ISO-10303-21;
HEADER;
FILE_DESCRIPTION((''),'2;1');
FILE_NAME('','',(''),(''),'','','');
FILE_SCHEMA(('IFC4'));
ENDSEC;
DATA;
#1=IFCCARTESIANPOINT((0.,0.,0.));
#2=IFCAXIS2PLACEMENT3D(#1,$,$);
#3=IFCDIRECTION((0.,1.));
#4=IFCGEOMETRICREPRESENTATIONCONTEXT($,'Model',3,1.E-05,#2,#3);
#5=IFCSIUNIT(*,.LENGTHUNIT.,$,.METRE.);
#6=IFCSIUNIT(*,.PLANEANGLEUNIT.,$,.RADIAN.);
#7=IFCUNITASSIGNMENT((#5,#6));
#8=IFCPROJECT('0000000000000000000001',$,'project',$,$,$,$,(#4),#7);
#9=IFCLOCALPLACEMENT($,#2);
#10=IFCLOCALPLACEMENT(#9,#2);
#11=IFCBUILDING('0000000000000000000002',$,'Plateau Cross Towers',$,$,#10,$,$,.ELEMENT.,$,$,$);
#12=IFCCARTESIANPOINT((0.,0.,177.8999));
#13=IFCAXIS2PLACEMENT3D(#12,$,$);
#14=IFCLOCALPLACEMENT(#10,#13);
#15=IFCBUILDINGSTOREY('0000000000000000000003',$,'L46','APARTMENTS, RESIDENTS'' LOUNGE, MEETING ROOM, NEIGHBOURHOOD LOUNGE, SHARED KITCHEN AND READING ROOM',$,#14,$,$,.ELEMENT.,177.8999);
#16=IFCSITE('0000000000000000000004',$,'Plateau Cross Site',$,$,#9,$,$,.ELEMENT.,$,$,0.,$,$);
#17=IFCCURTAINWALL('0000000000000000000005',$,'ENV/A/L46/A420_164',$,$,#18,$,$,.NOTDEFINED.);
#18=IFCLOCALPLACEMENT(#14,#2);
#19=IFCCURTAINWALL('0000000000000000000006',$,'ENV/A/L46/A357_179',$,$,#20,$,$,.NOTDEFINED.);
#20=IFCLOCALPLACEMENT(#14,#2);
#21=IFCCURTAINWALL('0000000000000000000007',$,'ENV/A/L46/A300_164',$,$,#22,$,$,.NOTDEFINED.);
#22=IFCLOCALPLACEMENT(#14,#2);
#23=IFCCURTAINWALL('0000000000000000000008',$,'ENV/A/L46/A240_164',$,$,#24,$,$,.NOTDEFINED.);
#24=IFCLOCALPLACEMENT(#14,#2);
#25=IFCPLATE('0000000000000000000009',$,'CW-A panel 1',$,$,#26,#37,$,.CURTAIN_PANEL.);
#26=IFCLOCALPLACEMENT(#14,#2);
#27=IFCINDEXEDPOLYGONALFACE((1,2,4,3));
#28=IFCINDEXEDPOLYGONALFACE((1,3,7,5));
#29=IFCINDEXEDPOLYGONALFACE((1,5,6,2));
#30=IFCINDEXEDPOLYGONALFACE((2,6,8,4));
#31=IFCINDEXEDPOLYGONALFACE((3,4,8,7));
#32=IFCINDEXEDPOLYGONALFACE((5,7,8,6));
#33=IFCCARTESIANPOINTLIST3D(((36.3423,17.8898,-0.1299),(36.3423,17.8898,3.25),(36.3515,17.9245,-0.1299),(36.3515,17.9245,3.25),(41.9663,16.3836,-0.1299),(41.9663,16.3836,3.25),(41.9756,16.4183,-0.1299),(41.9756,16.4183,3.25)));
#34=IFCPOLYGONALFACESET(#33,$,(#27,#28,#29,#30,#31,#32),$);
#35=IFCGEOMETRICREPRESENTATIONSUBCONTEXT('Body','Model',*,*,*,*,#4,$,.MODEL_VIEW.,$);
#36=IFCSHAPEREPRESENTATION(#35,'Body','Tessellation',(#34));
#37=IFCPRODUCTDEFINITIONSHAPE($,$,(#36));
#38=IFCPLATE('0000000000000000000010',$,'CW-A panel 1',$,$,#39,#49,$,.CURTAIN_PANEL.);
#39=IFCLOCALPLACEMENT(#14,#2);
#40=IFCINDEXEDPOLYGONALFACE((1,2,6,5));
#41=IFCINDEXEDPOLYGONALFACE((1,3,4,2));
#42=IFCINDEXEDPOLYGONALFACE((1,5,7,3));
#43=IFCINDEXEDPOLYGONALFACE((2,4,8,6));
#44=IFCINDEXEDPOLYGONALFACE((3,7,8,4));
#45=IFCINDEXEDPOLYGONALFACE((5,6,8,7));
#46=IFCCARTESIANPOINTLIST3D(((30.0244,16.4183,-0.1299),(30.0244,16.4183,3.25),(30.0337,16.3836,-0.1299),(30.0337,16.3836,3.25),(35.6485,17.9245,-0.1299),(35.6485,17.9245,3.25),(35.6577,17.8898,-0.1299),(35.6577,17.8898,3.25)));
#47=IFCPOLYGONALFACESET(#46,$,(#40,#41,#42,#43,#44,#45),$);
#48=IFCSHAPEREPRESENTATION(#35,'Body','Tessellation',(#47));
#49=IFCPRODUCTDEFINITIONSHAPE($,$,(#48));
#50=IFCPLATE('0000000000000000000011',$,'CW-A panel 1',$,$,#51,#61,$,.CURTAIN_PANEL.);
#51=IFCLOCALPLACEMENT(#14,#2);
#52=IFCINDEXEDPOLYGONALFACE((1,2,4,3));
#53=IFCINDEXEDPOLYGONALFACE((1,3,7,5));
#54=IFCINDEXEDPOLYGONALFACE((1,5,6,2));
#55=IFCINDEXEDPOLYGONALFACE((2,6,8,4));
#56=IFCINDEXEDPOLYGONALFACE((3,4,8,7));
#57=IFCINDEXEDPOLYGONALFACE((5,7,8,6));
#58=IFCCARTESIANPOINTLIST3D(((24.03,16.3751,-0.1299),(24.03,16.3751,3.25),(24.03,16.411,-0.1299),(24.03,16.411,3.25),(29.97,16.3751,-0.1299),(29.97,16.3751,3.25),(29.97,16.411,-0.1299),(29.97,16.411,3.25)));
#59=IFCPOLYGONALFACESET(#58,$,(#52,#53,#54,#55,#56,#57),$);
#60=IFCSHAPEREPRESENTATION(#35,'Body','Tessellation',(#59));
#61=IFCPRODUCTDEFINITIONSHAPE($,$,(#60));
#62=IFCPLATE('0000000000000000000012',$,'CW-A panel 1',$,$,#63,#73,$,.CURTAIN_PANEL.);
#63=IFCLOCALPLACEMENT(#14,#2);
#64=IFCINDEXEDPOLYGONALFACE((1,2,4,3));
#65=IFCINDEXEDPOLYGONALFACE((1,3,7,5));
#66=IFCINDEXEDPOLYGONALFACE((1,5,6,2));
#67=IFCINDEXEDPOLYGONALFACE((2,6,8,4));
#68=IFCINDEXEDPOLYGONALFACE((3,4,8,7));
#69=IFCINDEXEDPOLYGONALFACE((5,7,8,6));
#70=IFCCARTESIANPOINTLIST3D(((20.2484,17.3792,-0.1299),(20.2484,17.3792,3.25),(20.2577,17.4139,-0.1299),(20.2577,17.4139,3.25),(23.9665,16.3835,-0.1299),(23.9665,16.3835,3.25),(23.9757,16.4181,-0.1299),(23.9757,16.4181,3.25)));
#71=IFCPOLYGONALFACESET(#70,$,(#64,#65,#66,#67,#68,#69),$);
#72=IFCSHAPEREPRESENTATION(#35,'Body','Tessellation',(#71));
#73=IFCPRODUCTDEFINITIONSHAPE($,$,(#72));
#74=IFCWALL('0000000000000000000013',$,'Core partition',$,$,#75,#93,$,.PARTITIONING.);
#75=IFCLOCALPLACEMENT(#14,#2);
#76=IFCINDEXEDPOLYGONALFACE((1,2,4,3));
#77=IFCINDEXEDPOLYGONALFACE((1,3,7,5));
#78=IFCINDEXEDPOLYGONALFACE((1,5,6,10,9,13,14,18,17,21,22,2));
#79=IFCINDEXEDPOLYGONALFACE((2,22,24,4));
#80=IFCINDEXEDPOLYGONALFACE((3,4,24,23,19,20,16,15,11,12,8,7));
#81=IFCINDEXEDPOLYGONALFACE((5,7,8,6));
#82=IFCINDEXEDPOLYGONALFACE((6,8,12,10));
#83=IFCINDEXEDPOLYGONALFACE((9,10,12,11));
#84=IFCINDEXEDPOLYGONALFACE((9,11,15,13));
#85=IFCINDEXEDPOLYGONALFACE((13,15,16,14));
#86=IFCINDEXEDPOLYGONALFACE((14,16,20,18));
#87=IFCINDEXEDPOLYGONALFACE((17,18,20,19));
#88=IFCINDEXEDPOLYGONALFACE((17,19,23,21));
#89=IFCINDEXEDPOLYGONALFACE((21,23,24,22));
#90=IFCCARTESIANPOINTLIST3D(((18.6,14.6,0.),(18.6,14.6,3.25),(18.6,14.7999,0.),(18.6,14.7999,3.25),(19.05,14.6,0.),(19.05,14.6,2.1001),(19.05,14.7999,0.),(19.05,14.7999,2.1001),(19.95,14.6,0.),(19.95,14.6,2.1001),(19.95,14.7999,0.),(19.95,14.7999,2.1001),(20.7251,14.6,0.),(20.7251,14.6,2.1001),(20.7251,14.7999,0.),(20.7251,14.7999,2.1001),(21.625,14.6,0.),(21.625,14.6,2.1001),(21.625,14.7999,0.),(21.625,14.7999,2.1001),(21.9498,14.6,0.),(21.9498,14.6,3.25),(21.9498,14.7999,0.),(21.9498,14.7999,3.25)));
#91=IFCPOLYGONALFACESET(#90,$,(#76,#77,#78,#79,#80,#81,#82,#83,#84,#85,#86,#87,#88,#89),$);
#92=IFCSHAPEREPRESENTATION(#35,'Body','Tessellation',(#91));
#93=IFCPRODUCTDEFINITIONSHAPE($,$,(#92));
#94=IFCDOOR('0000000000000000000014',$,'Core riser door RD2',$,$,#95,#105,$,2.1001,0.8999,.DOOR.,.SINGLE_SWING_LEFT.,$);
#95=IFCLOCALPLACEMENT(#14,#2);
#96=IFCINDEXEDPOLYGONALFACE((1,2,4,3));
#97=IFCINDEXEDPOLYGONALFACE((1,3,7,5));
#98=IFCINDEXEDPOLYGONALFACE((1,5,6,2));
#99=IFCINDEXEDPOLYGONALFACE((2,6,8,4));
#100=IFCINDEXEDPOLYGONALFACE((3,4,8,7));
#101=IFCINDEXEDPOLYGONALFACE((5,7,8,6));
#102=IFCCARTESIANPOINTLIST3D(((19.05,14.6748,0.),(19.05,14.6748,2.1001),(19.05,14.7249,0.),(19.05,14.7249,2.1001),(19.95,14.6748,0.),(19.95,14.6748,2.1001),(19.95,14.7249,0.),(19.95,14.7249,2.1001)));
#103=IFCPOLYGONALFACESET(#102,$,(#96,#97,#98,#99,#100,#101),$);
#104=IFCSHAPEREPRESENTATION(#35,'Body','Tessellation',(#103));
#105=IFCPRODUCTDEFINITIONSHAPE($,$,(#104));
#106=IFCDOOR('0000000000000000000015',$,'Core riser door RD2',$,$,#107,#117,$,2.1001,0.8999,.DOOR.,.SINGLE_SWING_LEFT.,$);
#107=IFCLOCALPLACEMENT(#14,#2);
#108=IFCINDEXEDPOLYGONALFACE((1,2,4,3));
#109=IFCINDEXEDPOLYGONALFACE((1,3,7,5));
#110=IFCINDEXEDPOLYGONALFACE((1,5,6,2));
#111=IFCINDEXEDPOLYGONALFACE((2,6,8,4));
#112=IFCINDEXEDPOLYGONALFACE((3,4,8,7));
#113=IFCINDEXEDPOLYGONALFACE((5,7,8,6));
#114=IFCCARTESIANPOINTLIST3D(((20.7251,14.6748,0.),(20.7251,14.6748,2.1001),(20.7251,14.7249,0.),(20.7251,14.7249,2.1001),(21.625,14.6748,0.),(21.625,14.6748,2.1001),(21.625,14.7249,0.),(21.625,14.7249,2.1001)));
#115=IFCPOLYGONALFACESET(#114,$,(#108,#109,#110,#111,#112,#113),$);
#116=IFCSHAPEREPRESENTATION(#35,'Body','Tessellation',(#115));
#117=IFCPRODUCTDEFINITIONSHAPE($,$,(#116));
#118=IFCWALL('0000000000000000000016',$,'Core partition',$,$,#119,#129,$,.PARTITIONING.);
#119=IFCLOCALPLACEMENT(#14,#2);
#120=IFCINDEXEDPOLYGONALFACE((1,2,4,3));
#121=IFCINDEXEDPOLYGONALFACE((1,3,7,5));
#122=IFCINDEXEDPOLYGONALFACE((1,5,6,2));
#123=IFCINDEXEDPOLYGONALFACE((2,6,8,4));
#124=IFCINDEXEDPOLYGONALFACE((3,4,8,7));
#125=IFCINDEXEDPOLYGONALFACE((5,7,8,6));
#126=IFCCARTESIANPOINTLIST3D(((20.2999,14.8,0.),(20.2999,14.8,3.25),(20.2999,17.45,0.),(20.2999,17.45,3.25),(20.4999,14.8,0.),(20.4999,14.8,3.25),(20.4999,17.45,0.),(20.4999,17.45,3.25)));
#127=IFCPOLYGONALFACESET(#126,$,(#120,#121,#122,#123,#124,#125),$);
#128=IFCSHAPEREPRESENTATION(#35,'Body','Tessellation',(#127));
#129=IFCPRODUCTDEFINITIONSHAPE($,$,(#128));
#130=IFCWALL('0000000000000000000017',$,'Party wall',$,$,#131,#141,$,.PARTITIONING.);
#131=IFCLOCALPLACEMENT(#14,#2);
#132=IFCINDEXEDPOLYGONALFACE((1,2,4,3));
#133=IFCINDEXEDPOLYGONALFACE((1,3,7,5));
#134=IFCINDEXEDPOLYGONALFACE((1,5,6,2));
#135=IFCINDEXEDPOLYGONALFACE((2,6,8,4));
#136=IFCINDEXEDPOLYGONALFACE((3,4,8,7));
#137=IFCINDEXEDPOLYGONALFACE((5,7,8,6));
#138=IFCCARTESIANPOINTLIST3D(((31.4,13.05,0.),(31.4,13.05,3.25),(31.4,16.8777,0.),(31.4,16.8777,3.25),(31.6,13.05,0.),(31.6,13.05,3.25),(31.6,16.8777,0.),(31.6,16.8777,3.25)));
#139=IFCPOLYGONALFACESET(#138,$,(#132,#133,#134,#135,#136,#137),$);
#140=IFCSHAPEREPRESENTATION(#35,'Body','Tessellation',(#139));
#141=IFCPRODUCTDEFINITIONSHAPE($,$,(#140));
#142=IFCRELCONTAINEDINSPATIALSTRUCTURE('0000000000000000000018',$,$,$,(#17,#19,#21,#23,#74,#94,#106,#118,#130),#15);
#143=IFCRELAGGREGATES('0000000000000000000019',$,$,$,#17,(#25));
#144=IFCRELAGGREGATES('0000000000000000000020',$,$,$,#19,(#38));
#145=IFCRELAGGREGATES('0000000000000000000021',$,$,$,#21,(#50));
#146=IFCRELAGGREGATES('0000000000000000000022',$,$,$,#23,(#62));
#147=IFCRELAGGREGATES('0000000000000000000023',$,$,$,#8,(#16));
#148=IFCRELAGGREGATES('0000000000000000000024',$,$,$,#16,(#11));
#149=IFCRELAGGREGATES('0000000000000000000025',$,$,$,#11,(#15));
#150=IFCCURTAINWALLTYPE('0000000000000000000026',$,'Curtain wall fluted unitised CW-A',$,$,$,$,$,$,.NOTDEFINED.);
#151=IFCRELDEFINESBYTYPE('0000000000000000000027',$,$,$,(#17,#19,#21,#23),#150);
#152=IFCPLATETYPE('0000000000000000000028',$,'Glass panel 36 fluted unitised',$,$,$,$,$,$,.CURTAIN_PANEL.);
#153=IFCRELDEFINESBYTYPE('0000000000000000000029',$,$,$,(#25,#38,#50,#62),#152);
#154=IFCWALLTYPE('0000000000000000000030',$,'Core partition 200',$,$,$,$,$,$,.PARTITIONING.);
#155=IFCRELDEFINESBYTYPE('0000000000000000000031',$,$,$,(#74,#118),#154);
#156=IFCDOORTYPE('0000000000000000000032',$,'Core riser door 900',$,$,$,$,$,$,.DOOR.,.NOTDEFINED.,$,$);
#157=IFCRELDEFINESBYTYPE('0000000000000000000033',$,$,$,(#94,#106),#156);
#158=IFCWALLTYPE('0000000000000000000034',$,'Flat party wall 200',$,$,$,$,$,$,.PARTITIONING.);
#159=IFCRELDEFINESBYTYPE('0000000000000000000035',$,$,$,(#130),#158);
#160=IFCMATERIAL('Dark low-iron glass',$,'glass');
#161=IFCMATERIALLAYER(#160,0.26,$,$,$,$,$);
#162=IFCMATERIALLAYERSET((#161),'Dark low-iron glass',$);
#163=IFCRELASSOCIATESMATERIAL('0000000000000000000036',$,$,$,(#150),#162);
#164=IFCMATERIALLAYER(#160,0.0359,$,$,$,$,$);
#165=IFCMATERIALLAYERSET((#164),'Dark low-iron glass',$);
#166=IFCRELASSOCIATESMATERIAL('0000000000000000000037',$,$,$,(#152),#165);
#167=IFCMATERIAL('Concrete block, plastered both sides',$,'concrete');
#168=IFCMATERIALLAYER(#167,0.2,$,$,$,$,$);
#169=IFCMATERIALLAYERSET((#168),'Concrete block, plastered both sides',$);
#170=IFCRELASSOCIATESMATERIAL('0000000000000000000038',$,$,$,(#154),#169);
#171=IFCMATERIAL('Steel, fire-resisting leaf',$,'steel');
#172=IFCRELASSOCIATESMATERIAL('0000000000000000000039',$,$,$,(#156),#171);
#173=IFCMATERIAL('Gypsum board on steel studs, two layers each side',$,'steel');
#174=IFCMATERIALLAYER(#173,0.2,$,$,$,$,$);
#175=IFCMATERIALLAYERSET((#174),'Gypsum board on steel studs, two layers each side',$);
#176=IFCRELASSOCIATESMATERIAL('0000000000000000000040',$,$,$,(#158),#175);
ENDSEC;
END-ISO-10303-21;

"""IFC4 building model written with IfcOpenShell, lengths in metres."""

from ifc_helpers import new_model, si_unit, direction, frame, frame_2d, origin, origin_2d, place, context, subcontext, project, spatial, rectangle, extrude, material, layer, layer_set, type_object, element, fill, aggregate, save


model = new_model("IFC4")

# Units and contexts
model_context = context("Model", 3, precision=1e-05, world=origin(), true_north=direction((0.0, 1.0)))
body_context = subcontext(model_context, "Body", "Model", "MODEL_VIEW")
ifc_project = project(units=[si_unit("LENGTHUNIT", "METRE"), si_unit("PLANEANGLEUNIT", "RADIAN")], contexts=[model_context])

# Site, building, storey
site_placement = place(None, origin())
site = spatial("IfcSite", under=ifc_project, at=site_placement, Name="Plateau Cross Site", CompositionType="ELEMENT", RefElevation=0.0)
building_placement = place(site_placement, origin())
building = spatial("IfcBuilding", under=site, at=building_placement, Name="Plateau Cross Towers", CompositionType="ELEMENT")
storey_placement = place(building_placement, frame((0.0, 0.0, 177.8999)))
storey = spatial("IfcBuildingStorey", under=building, at=storey_placement, Name="L46", Description="APARTMENTS, RESIDENTS' LOUNGE, MEETING ROOM, NEIGHBOURHOOD LOUNGE, SHARED KITCHEN AND READING ROOM", CompositionType="ELEMENT", Elevation=177.8999)

# Shared definitions
ifc_material_1 = material(Name="Dark low-iron glass", Category="glass")

# Curtain walls
ifc_layer_1 = layer(ifc_material_1, 0.26)
ifc_layer_set_1 = layer_set([ifc_layer_1], Name="Dark low-iron glass")
curtain_wall_type_1 = type_object("IfcCurtainWallType", Name="Curtain wall fluted unitised CW-A", PredefinedType="NOTDEFINED", material=ifc_layer_set_1)
curtain_wall_1_placement = place(storey_placement, origin())
curtain_wall_1 = element("IfcCurtainWall", 1, at=curtain_wall_1_placement, inside=storey, type_object=curtain_wall_type_1, Name="ENV/A/L46/A420_164", PredefinedType="NOTDEFINED")
curtain_wall_2_placement = place(storey_placement, origin())
curtain_wall_2 = element("IfcCurtainWall", 2, at=curtain_wall_2_placement, inside=storey, type_object=curtain_wall_type_1, Name="ENV/A/L46/A357_179", PredefinedType="NOTDEFINED")
curtain_wall_3_placement = place(storey_placement, origin())
curtain_wall_3 = element("IfcCurtainWall", 3, at=curtain_wall_3_placement, inside=storey, type_object=curtain_wall_type_1, Name="ENV/A/L46/A300_164", PredefinedType="NOTDEFINED")
curtain_wall_4_placement = place(storey_placement, origin())
curtain_wall_4 = element("IfcCurtainWall", 4, at=curtain_wall_4_placement, inside=storey, type_object=curtain_wall_type_1, Name="ENV/A/L46/A240_164", PredefinedType="NOTDEFINED")

# Plates
ifc_layer_2 = layer(ifc_material_1, 0.0359)
ifc_layer_set_2 = layer_set([ifc_layer_2], Name="Dark low-iron glass")
plate_type_1 = type_object("IfcPlateType", Name="Glass panel 36 fluted unitised", PredefinedType="CURTAIN_PANEL", material=ifc_layer_set_2)
plate_1_placement = place(storey_placement, frame((39.1589, 17.1541, -0.1299), z_axis=(0.0, 0.0, 1.0), x_axis=(-0.965958, 0.258699, 0.0)))
plate_1 = element("IfcPlate", 5, at=plate_1_placement, type_object=plate_type_1, Name="CW-A panel 1", PredefinedType="CURTAIN_PANEL", context=body_context, shape_type="SweptSolid", body=[
    extrude(rectangle(XDim=5.8223, YDim=0.0359, at=origin_2d()), origin(), (0.0, 0.0, 1.0), 3.3799),
])
aggregate(curtain_wall_1, [plate_1])
plate_2_placement = place(storey_placement, frame((32.8411, 17.1541, -0.1299), z_axis=(0.0, 0.0, 1.0), x_axis=(-0.965958, -0.258699, 0.0)))
plate_2 = element("IfcPlate", 6, at=plate_2_placement, type_object=plate_type_1, Name="CW-A panel 1", PredefinedType="CURTAIN_PANEL", context=body_context, shape_type="SweptSolid", body=[
    extrude(rectangle(XDim=5.8223, YDim=0.0359, at=origin_2d()), origin(), (0.0, 0.0, 1.0), 3.3799),
])
aggregate(curtain_wall_2, [plate_2])
plate_3_placement = place(storey_placement, frame((27.0, 16.3931, -0.1299), z_axis=(0.0, 0.0, 1.0), x_axis=(-1.0, 0.0, 0.0)))
plate_3 = element("IfcPlate", 7, at=plate_3_placement, type_object=plate_type_1, Name="CW-A panel 1", PredefinedType="CURTAIN_PANEL", context=body_context, shape_type="SweptSolid", body=[
    extrude(rectangle(XDim=5.9399, YDim=0.0359, at=origin_2d()), origin(), (0.0, 0.0, 1.0), 3.3799),
])
aggregate(curtain_wall_3, [plate_3])
plate_4_placement = place(storey_placement, frame((22.1121, 16.8987, -0.1299), z_axis=(0.0, 0.0, 1.0), x_axis=(-0.965958, 0.258699, 0.0)))
plate_4 = element("IfcPlate", 8, at=plate_4_placement, type_object=plate_type_1, Name="CW-A panel 1", PredefinedType="CURTAIN_PANEL", context=body_context, shape_type="SweptSolid", body=[
    extrude(rectangle(XDim=3.8491, YDim=0.0359, at=origin_2d()), origin(), (0.0, 0.0, 1.0), 3.3799),
])
aggregate(curtain_wall_4, [plate_4])

# Wall, openings, doors
ifc_material_2 = material(Name="Concrete block, plastered both sides", Category="concrete")
ifc_layer_3 = layer(ifc_material_2, 0.2)
ifc_layer_set_3 = layer_set([ifc_layer_3], Name="Concrete block, plastered both sides")
wall_type_1 = type_object("IfcWallType", Name="Core partition 200", PredefinedType="PARTITIONING", material=ifc_layer_set_3)
wall_1_placement = place(storey_placement, frame((18.6001, 14.7, 0.0), z_axis=(0.0, 0.0, 1.0), x_axis=(1.0, 0.0, 0.0)))
wall_1 = element("IfcWall", 9, at=wall_1_placement, inside=storey, type_object=wall_type_1, Name="Core partition", PredefinedType="PARTITIONING", context=body_context, shape_type="SweptSolid", body=[
    extrude(rectangle(XDim=3.3499, YDim=0.2, at=frame_2d((1.6748, 0.0))), origin(), (0.0, 0.0, 1.0), 3.25),
])
opening_1_placement = place(wall_1_placement, frame((0.45, 0.0, 0.0)))
opening_1 = element("IfcOpeningElement", 10, at=opening_1_placement, cuts=wall_1, PredefinedType="OPENING", context=body_context, shape_type="SweptSolid", body=[
    extrude(rectangle(XDim=0.8999, YDim=2.1001, at=frame_2d((0.45, 1.05))), frame((0.0, 0.1099, 0.0), z_axis=(0.0, -1.0, 0.0), x_axis=(1.0, 0.0, 0.0)), (0.0, 0.0, 1.0), 0.22),
])
opening_2_placement = place(wall_1_placement, frame((2.125, 0.0, 0.0)))
opening_2 = element("IfcOpeningElement", 11, at=opening_2_placement, cuts=wall_1, PredefinedType="OPENING", context=body_context, shape_type="SweptSolid", body=[
    extrude(rectangle(XDim=0.8999, YDim=2.1001, at=frame_2d((0.45, 1.05))), frame((0.0, 0.1099, 0.0), z_axis=(0.0, -1.0, 0.0), x_axis=(1.0, 0.0, 0.0)), (0.0, 0.0, 1.0), 0.22),
])
ifc_material_3 = material(Name="Steel, fire-resisting leaf", Category="steel")
door_type = type_object("IfcDoorType", Name="Core riser door 900", OperationType="NOTDEFINED", PredefinedType="DOOR", material=ifc_material_3)
door_1_placement = place(opening_1_placement, origin())
door_1 = element("IfcDoor", 12, at=door_1_placement, inside=storey, type_object=door_type, Name="Core riser door RD2", OperationType="SINGLE_SWING_LEFT", OverallHeight=2.1001, OverallWidth=0.8999, PredefinedType="DOOR", context=body_context, shape_type="SweptSolid", body=[
    extrude(rectangle(XDim=0.8999, YDim=2.1001, at=frame_2d((0.45, 1.05))), frame((0.0, 0.0249, 0.0), z_axis=(0.0, -1.0, 0.0), x_axis=(1.0, 0.0, 0.0)), (0.0, 0.0, 1.0), 0.05),
])
fill(opening_1, door_1)
door_2_placement = place(opening_2_placement, origin())
door_2 = element("IfcDoor", 13, at=door_2_placement, inside=storey, type_object=door_type, Name="Core riser door RD2", OperationType="SINGLE_SWING_LEFT", OverallHeight=2.1001, OverallWidth=0.8999, PredefinedType="DOOR", context=body_context, shape_type="SweptSolid", body=[
    extrude(rectangle(XDim=0.8999, YDim=2.1001, at=frame_2d((0.45, 1.05))), frame((0.0, 0.0249, 0.0), z_axis=(0.0, -1.0, 0.0), x_axis=(1.0, 0.0, 0.0)), (0.0, 0.0, 1.0), 0.05),
])
fill(opening_2, door_2)

# Walls
wall_2_placement = place(storey_placement, frame((20.3999, 14.8, 0.0), z_axis=(0.0, 0.0, 1.0), x_axis=(0.0, 1.0, 0.0)))
element("IfcWall", 14, at=wall_2_placement, inside=storey, type_object=wall_type_1, Name="Core partition", PredefinedType="PARTITIONING", context=body_context, shape_type="SweptSolid", body=[
    extrude(rectangle(XDim=2.6499, YDim=0.2, at=frame_2d((1.325, 0.0))), origin(), (0.0, 0.0, 1.0), 3.25),
])
ifc_material_4 = material(Name="Gypsum board on steel studs, two layers each side", Category="steel")
ifc_layer_4 = layer(ifc_material_4, 0.2)
ifc_layer_set_4 = layer_set([ifc_layer_4], Name="Gypsum board on steel studs, two layers each side")
wall_type_2 = type_object("IfcWallType", Name="Flat party wall 200", PredefinedType="PARTITIONING", material=ifc_layer_set_4)
wall_3_placement = place(storey_placement, frame((31.5, 16.8777, 0.0), z_axis=(0.0, 0.0, 1.0), x_axis=(0.0, -1.0, 0.0)))
element("IfcWall", 15, at=wall_3_placement, inside=storey, type_object=wall_type_2, Name="Party wall", PredefinedType="PARTITIONING", context=body_context, shape_type="SweptSolid", body=[
    extrude(rectangle(XDim=3.8276, YDim=0.2, at=frame_2d((1.9138, 0.0))), origin(), (0.0, 0.0, 1.0), 3.25),
])

save(model, "model.ifc")
